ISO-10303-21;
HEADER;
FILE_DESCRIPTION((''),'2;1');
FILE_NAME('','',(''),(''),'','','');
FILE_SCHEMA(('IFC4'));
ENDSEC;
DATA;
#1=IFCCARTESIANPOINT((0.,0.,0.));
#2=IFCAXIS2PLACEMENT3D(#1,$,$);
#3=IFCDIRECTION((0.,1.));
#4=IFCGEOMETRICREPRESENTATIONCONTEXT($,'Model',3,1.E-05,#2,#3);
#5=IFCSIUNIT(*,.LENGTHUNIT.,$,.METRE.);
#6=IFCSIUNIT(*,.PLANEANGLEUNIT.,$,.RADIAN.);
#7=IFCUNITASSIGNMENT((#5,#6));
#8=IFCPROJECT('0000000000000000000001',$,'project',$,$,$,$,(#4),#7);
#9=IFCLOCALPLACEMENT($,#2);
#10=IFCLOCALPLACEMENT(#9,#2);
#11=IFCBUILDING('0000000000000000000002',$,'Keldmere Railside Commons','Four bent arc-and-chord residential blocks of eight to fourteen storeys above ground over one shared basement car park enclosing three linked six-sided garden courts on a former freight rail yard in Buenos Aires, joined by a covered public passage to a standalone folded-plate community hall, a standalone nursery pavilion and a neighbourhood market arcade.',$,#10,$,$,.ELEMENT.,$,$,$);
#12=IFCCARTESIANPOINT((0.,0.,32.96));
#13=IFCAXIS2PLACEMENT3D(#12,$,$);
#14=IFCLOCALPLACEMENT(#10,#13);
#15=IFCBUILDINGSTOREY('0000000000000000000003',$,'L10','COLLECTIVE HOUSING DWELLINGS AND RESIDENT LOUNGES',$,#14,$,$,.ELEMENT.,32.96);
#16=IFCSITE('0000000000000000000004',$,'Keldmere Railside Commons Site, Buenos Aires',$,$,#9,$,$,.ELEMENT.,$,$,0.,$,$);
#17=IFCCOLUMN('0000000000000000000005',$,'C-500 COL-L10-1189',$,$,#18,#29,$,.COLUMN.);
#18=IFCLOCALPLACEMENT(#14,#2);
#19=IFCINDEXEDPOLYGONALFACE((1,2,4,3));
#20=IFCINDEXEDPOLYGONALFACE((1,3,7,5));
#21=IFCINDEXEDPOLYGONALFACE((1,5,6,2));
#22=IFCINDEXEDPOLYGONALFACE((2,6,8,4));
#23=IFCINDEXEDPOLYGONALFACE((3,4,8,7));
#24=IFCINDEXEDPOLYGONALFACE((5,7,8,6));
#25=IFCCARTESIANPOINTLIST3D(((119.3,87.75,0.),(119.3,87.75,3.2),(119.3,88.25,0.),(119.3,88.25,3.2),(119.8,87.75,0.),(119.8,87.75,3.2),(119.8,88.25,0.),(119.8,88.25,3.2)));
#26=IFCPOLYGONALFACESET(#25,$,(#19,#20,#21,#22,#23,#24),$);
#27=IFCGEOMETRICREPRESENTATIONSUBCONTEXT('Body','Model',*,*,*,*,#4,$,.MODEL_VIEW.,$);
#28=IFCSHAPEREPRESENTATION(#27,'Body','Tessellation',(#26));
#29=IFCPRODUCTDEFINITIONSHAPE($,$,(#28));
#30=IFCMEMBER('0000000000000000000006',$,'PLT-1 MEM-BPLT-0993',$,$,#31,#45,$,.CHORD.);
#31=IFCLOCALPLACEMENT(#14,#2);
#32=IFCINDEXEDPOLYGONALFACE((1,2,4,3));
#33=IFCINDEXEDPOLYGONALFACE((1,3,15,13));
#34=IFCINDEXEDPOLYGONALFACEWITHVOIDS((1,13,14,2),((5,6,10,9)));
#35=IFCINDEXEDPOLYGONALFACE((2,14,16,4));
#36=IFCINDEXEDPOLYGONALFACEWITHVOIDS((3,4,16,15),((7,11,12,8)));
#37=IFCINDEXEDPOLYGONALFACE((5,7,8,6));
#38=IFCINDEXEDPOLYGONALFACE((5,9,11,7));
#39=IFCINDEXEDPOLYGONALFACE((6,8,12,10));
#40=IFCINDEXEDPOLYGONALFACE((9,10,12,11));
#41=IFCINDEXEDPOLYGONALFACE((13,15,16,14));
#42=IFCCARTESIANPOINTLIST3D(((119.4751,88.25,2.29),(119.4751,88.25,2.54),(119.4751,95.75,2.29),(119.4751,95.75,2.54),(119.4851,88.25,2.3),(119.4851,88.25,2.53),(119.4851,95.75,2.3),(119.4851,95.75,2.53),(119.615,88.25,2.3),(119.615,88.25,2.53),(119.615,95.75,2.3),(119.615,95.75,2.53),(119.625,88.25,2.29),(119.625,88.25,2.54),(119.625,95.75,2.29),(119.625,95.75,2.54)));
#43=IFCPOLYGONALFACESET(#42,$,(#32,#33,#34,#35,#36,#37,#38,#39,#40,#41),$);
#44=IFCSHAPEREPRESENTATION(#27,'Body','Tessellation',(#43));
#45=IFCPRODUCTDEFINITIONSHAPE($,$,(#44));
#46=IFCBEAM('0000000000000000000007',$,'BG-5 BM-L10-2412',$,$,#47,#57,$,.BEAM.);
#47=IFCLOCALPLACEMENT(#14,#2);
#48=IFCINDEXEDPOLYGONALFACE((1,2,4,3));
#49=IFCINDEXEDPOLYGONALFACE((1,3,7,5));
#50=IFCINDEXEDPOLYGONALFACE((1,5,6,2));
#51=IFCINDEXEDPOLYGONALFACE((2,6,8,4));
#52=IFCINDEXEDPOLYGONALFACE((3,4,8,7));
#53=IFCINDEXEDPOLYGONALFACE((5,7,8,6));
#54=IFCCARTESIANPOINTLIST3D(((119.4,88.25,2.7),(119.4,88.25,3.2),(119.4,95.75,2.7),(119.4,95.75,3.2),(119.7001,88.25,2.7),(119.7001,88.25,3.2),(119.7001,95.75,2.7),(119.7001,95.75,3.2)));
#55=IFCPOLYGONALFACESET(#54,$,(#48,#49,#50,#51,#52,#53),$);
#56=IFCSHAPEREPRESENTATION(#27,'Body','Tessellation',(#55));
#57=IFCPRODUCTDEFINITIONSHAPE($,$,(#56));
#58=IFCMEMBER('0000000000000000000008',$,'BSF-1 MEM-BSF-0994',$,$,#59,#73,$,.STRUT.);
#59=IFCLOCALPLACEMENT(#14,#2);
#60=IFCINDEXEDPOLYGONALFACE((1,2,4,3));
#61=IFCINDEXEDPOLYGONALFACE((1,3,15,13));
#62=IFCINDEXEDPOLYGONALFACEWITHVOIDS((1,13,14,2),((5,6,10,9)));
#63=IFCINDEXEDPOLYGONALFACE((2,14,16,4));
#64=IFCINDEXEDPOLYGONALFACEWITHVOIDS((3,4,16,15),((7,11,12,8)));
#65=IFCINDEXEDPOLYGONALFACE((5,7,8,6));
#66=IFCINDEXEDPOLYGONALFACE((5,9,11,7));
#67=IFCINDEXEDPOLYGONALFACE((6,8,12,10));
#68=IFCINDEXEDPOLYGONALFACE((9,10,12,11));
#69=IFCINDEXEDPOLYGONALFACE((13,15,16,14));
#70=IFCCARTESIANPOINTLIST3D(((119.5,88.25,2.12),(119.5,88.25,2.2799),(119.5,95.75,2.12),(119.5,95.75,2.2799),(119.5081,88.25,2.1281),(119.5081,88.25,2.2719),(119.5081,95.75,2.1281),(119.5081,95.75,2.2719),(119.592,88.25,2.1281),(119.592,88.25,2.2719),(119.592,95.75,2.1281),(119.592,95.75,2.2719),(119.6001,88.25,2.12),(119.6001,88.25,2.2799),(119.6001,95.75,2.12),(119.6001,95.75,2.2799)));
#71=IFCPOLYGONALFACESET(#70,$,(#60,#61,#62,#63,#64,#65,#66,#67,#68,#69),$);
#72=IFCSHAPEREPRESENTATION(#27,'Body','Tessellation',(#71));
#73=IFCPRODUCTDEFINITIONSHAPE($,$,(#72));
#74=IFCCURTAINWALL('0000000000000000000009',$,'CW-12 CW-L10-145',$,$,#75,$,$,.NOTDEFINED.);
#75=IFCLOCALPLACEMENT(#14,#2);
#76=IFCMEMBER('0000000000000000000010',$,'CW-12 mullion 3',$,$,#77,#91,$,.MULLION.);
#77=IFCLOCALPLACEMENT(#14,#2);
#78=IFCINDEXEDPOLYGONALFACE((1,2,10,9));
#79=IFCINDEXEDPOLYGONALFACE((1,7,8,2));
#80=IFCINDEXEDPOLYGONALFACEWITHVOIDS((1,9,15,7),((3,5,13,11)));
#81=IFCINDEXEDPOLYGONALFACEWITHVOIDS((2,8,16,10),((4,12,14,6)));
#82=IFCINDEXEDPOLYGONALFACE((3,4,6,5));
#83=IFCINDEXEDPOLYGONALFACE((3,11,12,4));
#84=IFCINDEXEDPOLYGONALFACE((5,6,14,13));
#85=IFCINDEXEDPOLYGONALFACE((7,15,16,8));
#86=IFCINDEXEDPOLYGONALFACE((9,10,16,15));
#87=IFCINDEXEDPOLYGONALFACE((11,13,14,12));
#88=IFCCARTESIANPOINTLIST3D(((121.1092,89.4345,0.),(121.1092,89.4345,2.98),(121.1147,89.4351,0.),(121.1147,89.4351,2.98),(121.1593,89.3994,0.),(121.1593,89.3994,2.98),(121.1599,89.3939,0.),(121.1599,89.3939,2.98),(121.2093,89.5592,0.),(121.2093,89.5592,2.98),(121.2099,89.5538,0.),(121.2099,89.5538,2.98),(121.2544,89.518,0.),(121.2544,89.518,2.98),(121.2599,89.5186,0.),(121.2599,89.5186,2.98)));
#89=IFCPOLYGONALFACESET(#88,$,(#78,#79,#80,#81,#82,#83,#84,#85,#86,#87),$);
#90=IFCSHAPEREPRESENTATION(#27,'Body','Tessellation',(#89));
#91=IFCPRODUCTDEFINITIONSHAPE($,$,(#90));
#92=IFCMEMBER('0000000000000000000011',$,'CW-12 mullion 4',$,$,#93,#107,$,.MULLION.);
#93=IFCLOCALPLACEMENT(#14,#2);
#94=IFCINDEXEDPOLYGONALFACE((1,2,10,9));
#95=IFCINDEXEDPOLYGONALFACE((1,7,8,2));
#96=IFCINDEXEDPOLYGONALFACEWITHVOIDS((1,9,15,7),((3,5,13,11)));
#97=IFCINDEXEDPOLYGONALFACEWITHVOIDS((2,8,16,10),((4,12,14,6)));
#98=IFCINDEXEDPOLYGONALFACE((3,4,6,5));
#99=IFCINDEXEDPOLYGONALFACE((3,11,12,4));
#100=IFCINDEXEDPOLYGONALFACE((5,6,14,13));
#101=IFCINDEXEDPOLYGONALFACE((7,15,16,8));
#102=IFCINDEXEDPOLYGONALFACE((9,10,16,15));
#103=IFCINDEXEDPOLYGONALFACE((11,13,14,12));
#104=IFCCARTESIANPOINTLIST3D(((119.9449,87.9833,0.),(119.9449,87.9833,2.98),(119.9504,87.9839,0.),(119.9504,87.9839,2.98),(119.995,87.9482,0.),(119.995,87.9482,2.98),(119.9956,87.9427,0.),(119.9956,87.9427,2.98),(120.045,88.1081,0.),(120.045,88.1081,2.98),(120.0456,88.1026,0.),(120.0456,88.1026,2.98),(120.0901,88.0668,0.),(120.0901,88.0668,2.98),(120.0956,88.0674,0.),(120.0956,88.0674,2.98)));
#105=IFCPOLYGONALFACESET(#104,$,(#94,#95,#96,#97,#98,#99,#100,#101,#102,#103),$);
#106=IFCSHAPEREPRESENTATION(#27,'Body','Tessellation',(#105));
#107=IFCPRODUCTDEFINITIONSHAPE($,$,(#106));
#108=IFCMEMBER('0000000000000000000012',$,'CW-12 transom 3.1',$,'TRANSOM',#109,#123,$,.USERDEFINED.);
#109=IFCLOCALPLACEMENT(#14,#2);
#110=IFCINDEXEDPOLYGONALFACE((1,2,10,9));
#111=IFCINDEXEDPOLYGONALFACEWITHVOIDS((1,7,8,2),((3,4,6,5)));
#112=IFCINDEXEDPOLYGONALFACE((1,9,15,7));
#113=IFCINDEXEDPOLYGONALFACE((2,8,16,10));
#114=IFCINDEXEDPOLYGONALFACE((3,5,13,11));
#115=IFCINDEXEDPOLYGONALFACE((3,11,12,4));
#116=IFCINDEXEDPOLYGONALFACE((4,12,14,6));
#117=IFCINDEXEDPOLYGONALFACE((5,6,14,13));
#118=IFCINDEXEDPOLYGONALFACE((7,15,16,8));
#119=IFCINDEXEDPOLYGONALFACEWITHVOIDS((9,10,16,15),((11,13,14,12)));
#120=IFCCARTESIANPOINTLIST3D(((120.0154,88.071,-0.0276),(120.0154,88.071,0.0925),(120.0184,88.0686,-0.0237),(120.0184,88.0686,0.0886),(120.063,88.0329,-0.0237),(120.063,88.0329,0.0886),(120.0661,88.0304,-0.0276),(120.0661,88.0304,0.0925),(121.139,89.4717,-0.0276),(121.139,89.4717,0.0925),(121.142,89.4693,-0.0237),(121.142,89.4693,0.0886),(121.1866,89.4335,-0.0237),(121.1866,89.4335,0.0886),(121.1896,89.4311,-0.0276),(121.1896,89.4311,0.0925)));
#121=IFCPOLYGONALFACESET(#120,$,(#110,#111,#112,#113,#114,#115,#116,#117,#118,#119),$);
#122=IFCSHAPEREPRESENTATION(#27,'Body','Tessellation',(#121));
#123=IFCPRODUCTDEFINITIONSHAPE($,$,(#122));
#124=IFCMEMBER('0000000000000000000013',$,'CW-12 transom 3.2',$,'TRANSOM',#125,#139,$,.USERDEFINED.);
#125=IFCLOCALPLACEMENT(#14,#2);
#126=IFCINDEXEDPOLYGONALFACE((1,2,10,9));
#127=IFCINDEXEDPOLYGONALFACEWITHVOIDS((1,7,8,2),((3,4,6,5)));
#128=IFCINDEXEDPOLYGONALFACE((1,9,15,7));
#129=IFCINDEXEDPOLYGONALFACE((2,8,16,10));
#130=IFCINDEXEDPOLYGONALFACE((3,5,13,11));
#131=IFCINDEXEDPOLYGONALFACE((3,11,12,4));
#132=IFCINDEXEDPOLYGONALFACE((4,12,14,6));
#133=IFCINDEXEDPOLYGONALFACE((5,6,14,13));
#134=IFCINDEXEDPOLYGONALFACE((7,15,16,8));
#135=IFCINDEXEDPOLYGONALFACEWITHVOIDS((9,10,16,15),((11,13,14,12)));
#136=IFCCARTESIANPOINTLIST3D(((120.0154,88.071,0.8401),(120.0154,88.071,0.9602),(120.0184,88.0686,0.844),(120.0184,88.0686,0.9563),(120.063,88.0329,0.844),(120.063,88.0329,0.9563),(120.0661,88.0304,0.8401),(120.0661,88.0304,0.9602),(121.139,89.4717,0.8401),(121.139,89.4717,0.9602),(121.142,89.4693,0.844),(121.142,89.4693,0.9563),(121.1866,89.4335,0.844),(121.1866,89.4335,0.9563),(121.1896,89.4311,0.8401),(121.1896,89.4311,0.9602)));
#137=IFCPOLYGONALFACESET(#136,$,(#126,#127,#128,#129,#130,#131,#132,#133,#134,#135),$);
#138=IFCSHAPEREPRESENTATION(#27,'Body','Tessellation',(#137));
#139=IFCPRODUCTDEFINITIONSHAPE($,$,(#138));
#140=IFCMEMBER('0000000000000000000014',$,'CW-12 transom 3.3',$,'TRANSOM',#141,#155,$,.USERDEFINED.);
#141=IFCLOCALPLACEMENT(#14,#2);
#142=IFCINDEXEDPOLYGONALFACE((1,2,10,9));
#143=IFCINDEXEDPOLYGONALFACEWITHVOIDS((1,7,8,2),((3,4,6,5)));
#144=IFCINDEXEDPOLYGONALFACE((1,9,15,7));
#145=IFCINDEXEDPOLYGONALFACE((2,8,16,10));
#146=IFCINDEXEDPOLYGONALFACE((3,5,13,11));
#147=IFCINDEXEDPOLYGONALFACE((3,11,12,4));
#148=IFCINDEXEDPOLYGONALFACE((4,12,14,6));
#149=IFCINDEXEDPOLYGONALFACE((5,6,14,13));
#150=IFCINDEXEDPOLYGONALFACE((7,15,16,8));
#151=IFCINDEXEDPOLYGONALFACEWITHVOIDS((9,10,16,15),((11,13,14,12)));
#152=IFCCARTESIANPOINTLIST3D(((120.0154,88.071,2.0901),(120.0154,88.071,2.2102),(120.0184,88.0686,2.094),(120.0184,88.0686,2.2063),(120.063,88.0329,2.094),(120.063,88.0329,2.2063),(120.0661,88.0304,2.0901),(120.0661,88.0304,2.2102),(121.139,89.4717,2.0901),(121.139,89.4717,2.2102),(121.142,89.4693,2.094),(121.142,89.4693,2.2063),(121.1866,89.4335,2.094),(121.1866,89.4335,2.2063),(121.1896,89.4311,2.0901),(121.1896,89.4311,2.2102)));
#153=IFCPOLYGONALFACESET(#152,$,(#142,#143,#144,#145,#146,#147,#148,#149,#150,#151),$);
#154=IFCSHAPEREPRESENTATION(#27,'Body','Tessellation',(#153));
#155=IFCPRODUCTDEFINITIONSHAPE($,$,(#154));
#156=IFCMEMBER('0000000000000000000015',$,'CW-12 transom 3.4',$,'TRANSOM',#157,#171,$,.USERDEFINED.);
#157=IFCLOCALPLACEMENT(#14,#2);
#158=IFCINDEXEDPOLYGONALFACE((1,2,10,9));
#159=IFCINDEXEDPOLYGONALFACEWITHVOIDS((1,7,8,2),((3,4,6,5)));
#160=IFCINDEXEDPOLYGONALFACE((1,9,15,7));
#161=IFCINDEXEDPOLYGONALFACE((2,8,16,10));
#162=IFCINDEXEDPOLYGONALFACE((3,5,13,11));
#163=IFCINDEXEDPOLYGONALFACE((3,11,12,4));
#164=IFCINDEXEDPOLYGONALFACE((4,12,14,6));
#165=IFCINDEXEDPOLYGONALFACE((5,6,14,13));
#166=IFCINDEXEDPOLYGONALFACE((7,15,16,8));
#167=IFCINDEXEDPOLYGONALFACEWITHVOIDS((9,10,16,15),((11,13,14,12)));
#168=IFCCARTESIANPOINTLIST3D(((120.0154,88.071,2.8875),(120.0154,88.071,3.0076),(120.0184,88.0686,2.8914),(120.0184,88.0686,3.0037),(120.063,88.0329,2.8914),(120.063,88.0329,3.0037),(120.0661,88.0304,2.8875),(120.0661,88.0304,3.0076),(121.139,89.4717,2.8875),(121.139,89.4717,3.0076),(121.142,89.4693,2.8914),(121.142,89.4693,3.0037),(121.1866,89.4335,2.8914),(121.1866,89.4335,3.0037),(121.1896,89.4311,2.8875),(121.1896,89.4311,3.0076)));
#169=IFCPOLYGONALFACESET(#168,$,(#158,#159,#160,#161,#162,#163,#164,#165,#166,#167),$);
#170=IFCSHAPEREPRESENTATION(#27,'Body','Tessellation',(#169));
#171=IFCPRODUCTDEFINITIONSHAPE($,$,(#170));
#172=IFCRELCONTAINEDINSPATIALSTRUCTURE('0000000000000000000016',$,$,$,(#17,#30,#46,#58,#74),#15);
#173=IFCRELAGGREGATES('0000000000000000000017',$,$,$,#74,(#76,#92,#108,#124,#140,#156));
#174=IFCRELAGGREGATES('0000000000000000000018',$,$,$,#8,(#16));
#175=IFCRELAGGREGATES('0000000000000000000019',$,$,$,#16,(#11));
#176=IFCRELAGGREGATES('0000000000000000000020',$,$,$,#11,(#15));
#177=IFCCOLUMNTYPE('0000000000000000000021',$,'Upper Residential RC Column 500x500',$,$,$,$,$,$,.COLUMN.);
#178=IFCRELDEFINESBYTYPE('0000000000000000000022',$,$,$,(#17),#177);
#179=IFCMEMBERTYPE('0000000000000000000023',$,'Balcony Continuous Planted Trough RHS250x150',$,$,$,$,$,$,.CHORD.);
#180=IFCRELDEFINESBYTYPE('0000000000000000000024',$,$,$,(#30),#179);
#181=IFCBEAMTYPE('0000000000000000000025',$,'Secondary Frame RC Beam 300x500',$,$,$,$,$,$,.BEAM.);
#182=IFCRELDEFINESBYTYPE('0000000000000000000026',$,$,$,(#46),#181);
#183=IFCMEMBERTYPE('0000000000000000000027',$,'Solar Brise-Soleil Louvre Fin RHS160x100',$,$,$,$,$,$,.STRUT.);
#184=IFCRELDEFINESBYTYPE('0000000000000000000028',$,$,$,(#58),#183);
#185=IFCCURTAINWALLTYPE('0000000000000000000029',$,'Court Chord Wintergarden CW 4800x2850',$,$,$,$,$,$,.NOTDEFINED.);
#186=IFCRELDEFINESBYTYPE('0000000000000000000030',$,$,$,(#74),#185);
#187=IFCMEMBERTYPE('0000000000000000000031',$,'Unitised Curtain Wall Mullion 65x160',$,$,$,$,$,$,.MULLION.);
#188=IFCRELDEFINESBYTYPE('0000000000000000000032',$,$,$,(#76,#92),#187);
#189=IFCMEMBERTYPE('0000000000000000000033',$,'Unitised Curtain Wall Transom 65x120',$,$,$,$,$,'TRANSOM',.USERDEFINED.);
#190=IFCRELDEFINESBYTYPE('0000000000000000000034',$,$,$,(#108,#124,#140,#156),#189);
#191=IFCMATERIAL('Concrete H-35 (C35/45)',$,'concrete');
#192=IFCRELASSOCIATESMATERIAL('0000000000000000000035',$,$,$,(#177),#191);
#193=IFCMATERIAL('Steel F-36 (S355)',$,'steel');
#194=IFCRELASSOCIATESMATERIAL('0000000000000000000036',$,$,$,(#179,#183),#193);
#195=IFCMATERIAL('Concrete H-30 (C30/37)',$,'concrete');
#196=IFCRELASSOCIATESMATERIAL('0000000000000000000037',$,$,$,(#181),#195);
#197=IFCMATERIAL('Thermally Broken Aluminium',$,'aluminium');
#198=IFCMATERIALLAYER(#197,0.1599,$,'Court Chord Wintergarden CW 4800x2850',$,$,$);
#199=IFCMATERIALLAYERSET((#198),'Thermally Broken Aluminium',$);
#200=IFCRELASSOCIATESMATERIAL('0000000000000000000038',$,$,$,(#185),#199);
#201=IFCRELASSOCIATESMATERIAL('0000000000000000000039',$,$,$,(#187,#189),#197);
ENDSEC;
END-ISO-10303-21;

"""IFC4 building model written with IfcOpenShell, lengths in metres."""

from ifc_helpers import new_model, si_unit, direction, frame, origin, origin_2d, place, context, subcontext, project, spatial, rectangle, hollow_rectangle, extrude, material, layer, layer_set, material_profile, profile_set, type_object, element, aggregate, save


model = new_model("IFC4")

# Units and contexts
model_context = context("Model", 3, precision=1e-05, world=origin(), true_north=direction((0.0, 1.0)))
body_context = subcontext(model_context, "Body", "Model", "MODEL_VIEW")
ifc_project = project(units=[si_unit("LENGTHUNIT", "METRE"), si_unit("PLANEANGLEUNIT", "RADIAN")], contexts=[model_context])

# Site, building, storey
site_placement = place(None, origin())
site = spatial("IfcSite", under=ifc_project, at=site_placement, Name="Keldmere Railside Commons Site, Buenos Aires", CompositionType="ELEMENT", RefElevation=0.0)
building_placement = place(site_placement, origin())
building = spatial("IfcBuilding", under=site, at=building_placement, Name="Keldmere Railside Commons", Description="Four bent arc-and-chord residential blocks of eight to fourteen storeys above ground over one shared basement car park enclosing three linked six-sided garden courts on a former freight rail yard in Buenos Aires, joined by a covered public passage to a standalone folded-plate community hall, a standalone nursery pavilion and a neighbourhood market arcade.", CompositionType="ELEMENT")
storey_placement = place(building_placement, frame((0.0, 0.0, 32.96)))
storey = spatial("IfcBuildingStorey", under=building, at=storey_placement, Name="L10", Description="COLLECTIVE HOUSING DWELLINGS AND RESIDENT LOUNGES", CompositionType="ELEMENT", Elevation=32.96)

# Column
ifc_material_1 = material(Name="Concrete H-35 (C35/45)", Category="concrete")
ifc_material_profile_1 = material_profile(ifc_material_1, rectangle(XDim=0.5, YDim=0.5, at=origin_2d()), Name="RC-500x500")
ifc_profile_set_1 = profile_set([ifc_material_profile_1], Name="Concrete H-35 (C35/45)")
column_type = type_object("IfcColumnType", Name="Upper Residential RC Column 500x500", PredefinedType="COLUMN", material=ifc_profile_set_1)
column_placement = place(storey_placement, frame((119.55, 88.0, 0.0), z_axis=(0.0, 0.0, 1.0), x_axis=(1.0, 0.0, 0.0)))
element("IfcColumn", 1, at=column_placement, inside=storey, type_object=column_type, Name="C-500 COL-L10-1189", PredefinedType="COLUMN", context=body_context, shape_type="SweptSolid", body=[
    extrude(rectangle(XDim=0.5, YDim=0.5, at=origin_2d()), origin(), (0.0, 0.0, 1.0), 3.2),
])

# Member
ifc_material_2 = material(Name="Steel F-36 (S355)", Category="steel")
ifc_material_profile_2 = material_profile(ifc_material_2, hollow_rectangle(XDim=0.1499, YDim=0.25, WallThickness=0.01, at=origin_2d()), Name="RHS-250x150x10")
ifc_profile_set_2 = profile_set([ifc_material_profile_2], Name="Steel F-36 (S355)")
member_type_1 = type_object("IfcMemberType", Name="Balcony Continuous Planted Trough RHS250x150", PredefinedType="CHORD", material=ifc_profile_set_2)
member_1_placement = place(storey_placement, frame((119.55, 88.25, 2.415), z_axis=(0.0, 1.0, 0.0), x_axis=(-1.0, 0.0, 0.0)))
element("IfcMember", 2, at=member_1_placement, inside=storey, type_object=member_type_1, Name="PLT-1 MEM-BPLT-0993", PredefinedType="CHORD", context=body_context, shape_type="SweptSolid", body=[
    extrude(hollow_rectangle(XDim=0.1499, YDim=0.25, WallThickness=0.01, at=origin_2d()), origin(), (0.0, 0.0, 1.0), 7.5),
])

# Beam
ifc_material_3 = material(Name="Concrete H-30 (C30/37)", Category="concrete")
ifc_material_profile_3 = material_profile(ifc_material_3, rectangle(XDim=0.3, YDim=0.5, at=origin_2d()), Name="RC-300x500")
ifc_profile_set_3 = profile_set([ifc_material_profile_3], Name="Concrete H-30 (C30/37)")
beam_type = type_object("IfcBeamType", Name="Secondary Frame RC Beam 300x500", PredefinedType="BEAM", material=ifc_profile_set_3)
beam_placement = place(storey_placement, frame((119.55, 88.25, 2.95), z_axis=(0.0, 1.0, 0.0), x_axis=(-1.0, 0.0, 0.0)))
element("IfcBeam", 3, at=beam_placement, inside=storey, type_object=beam_type, Name="BG-5 BM-L10-2412", PredefinedType="BEAM", context=body_context, shape_type="SweptSolid", body=[
    extrude(rectangle(XDim=0.3, YDim=0.5, at=origin_2d()), origin(), (0.0, 0.0, 1.0), 7.5),
])

# Member
ifc_material_profile_4 = material_profile(ifc_material_2, hollow_rectangle(XDim=0.1001, YDim=0.1599, WallThickness=0.0081, at=origin_2d()), Name="RHS-160x100x8")
ifc_profile_set_4 = profile_set([ifc_material_profile_4], Name="Steel F-36 (S355)")
member_type_2 = type_object("IfcMemberType", Name="Solar Brise-Soleil Louvre Fin RHS160x100", PredefinedType="STRUT", material=ifc_profile_set_4)
member_2_placement = place(storey_placement, frame((119.55, 88.25, 2.2), z_axis=(0.0, 1.0, 0.0), x_axis=(-1.0, 0.0, 0.0)))
element("IfcMember", 4, at=member_2_placement, inside=storey, type_object=member_type_2, Name="BSF-1 MEM-BSF-0994", PredefinedType="STRUT", context=body_context, shape_type="SweptSolid", body=[
    extrude(hollow_rectangle(XDim=0.1001, YDim=0.1599, WallThickness=0.0081, at=origin_2d()), origin(), (0.0, 0.0, 1.0), 7.5),
])

# Curtain wall, members
ifc_material_4 = material(Name="Thermally Broken Aluminium", Category="aluminium")
ifc_layer_1 = layer(ifc_material_4, 0.1599, Name="Court Chord Wintergarden CW 4800x2850")
ifc_layer_set_1 = layer_set([ifc_layer_1], Name="Thermally Broken Aluminium")
curtain_wall_type = type_object("IfcCurtainWallType", Name="Court Chord Wintergarden CW 4800x2850", PredefinedType="NOTDEFINED", material=ifc_layer_set_1)
curtain_wall_placement = place(storey_placement, origin())
curtain_wall = element("IfcCurtainWall", 5, at=curtain_wall_placement, inside=storey, type_object=curtain_wall_type, Name="CW-12 CW-L10-145", PredefinedType="NOTDEFINED")
ifc_material_profile_5 = material_profile(ifc_material_4, hollow_rectangle(XDim=0.0649, YDim=0.1599, WallThickness=0.0039, at=origin_2d()), Name="ALU-MULL-65x160")
ifc_profile_set_5 = profile_set([ifc_material_profile_5], Name="Thermally Broken Aluminium")
member_type_3 = type_object("IfcMemberType", Name="Unitised Curtain Wall Mullion 65x160", PredefinedType="MULLION", material=ifc_profile_set_5)
member_3_placement = place(storey_placement, frame((121.1846, 89.4766, 0.0), z_axis=(0.0, 0.0, 1.0), x_axis=(0.780009, -0.625768, 0.0)))
member_3 = element("IfcMember", 6, at=member_3_placement, type_object=member_type_3, Name="CW-12 mullion 3", PredefinedType="MULLION", context=body_context, shape_type="SweptSolid", body=[
    extrude(hollow_rectangle(XDim=0.0649, YDim=0.1599, WallThickness=0.0039, at=origin_2d()), origin(), (0.0, 0.0, 1.0), 2.98),
])
member_4_placement = place(storey_placement, frame((120.0203, 88.0254, 0.0), z_axis=(0.0, 0.0, 1.0), x_axis=(0.780009, -0.625768, 0.0)))
member_4 = element("IfcMember", 7, at=member_4_placement, type_object=member_type_3, Name="CW-12 mullion 4", PredefinedType="MULLION", context=body_context, shape_type="SweptSolid", body=[
    extrude(hollow_rectangle(XDim=0.0649, YDim=0.1599, WallThickness=0.0039, at=origin_2d()), origin(), (0.0, 0.0, 1.0), 2.98),
])
ifc_material_profile_6 = material_profile(ifc_material_4, hollow_rectangle(XDim=0.0649, YDim=0.1201, WallThickness=0.0039, at=origin_2d()), Name="ALU-TRAN-65x120")
ifc_profile_set_6 = profile_set([ifc_material_profile_6], Name="Thermally Broken Aluminium")
member_type_4 = type_object("IfcMemberType", Name="Unitised Curtain Wall Transom 65x120", ElementType="TRANSOM", PredefinedType="USERDEFINED", material=ifc_profile_set_6)
member_5_placement = place(storey_placement, frame((121.1643, 89.4514, 0.0325), z_axis=(-0.625723, -0.780046, 0.0), x_axis=(0.780046, -0.625723, 0.0)))
member_5 = element("IfcMember", 8, at=member_5_placement, type_object=member_type_4, Name="CW-12 transom 3.1", ObjectType="TRANSOM", PredefinedType="USERDEFINED", context=body_context, shape_type="SweptSolid", body=[
    extrude(hollow_rectangle(XDim=0.0649, YDim=0.1201, WallThickness=0.0039, at=origin_2d()), origin(), (0.0, 0.0, 1.0), 1.7957),
])
member_6_placement = place(storey_placement, frame((121.1643, 89.4514, 0.9001), z_axis=(-0.625723, -0.780046, 0.0), x_axis=(0.780046, -0.625723, 0.0)))
member_6 = element("IfcMember", 9, at=member_6_placement, type_object=member_type_4, Name="CW-12 transom 3.2", ObjectType="TRANSOM", PredefinedType="USERDEFINED", context=body_context, shape_type="SweptSolid", body=[
    extrude(hollow_rectangle(XDim=0.0649, YDim=0.1201, WallThickness=0.0039, at=origin_2d()), origin(), (0.0, 0.0, 1.0), 1.7957),
])
member_7_placement = place(storey_placement, frame((121.1643, 89.4514, 2.1501), z_axis=(-0.625723, -0.780046, 0.0), x_axis=(0.780046, -0.625723, 0.0)))
member_7 = element("IfcMember", 10, at=member_7_placement, type_object=member_type_4, Name="CW-12 transom 3.3", ObjectType="TRANSOM", PredefinedType="USERDEFINED", context=body_context, shape_type="SweptSolid", body=[
    extrude(hollow_rectangle(XDim=0.0649, YDim=0.1201, WallThickness=0.0039, at=origin_2d()), origin(), (0.0, 0.0, 1.0), 1.7957),
])
member_8_placement = place(storey_placement, frame((121.1643, 89.4514, 2.9475), z_axis=(-0.625723, -0.780046, 0.0), x_axis=(0.780046, -0.625723, 0.0)))
member_8 = element("IfcMember", 11, at=member_8_placement, type_object=member_type_4, Name="CW-12 transom 3.4", ObjectType="TRANSOM", PredefinedType="USERDEFINED", context=body_context, shape_type="SweptSolid", body=[
    extrude(hollow_rectangle(XDim=0.0649, YDim=0.1201, WallThickness=0.0039, at=origin_2d()), origin(), (0.0, 0.0, 1.0), 1.7957),
])
aggregate(curtain_wall, [member_3, member_4, member_5, member_6, member_7, member_8])

save(model, "model.ifc")
